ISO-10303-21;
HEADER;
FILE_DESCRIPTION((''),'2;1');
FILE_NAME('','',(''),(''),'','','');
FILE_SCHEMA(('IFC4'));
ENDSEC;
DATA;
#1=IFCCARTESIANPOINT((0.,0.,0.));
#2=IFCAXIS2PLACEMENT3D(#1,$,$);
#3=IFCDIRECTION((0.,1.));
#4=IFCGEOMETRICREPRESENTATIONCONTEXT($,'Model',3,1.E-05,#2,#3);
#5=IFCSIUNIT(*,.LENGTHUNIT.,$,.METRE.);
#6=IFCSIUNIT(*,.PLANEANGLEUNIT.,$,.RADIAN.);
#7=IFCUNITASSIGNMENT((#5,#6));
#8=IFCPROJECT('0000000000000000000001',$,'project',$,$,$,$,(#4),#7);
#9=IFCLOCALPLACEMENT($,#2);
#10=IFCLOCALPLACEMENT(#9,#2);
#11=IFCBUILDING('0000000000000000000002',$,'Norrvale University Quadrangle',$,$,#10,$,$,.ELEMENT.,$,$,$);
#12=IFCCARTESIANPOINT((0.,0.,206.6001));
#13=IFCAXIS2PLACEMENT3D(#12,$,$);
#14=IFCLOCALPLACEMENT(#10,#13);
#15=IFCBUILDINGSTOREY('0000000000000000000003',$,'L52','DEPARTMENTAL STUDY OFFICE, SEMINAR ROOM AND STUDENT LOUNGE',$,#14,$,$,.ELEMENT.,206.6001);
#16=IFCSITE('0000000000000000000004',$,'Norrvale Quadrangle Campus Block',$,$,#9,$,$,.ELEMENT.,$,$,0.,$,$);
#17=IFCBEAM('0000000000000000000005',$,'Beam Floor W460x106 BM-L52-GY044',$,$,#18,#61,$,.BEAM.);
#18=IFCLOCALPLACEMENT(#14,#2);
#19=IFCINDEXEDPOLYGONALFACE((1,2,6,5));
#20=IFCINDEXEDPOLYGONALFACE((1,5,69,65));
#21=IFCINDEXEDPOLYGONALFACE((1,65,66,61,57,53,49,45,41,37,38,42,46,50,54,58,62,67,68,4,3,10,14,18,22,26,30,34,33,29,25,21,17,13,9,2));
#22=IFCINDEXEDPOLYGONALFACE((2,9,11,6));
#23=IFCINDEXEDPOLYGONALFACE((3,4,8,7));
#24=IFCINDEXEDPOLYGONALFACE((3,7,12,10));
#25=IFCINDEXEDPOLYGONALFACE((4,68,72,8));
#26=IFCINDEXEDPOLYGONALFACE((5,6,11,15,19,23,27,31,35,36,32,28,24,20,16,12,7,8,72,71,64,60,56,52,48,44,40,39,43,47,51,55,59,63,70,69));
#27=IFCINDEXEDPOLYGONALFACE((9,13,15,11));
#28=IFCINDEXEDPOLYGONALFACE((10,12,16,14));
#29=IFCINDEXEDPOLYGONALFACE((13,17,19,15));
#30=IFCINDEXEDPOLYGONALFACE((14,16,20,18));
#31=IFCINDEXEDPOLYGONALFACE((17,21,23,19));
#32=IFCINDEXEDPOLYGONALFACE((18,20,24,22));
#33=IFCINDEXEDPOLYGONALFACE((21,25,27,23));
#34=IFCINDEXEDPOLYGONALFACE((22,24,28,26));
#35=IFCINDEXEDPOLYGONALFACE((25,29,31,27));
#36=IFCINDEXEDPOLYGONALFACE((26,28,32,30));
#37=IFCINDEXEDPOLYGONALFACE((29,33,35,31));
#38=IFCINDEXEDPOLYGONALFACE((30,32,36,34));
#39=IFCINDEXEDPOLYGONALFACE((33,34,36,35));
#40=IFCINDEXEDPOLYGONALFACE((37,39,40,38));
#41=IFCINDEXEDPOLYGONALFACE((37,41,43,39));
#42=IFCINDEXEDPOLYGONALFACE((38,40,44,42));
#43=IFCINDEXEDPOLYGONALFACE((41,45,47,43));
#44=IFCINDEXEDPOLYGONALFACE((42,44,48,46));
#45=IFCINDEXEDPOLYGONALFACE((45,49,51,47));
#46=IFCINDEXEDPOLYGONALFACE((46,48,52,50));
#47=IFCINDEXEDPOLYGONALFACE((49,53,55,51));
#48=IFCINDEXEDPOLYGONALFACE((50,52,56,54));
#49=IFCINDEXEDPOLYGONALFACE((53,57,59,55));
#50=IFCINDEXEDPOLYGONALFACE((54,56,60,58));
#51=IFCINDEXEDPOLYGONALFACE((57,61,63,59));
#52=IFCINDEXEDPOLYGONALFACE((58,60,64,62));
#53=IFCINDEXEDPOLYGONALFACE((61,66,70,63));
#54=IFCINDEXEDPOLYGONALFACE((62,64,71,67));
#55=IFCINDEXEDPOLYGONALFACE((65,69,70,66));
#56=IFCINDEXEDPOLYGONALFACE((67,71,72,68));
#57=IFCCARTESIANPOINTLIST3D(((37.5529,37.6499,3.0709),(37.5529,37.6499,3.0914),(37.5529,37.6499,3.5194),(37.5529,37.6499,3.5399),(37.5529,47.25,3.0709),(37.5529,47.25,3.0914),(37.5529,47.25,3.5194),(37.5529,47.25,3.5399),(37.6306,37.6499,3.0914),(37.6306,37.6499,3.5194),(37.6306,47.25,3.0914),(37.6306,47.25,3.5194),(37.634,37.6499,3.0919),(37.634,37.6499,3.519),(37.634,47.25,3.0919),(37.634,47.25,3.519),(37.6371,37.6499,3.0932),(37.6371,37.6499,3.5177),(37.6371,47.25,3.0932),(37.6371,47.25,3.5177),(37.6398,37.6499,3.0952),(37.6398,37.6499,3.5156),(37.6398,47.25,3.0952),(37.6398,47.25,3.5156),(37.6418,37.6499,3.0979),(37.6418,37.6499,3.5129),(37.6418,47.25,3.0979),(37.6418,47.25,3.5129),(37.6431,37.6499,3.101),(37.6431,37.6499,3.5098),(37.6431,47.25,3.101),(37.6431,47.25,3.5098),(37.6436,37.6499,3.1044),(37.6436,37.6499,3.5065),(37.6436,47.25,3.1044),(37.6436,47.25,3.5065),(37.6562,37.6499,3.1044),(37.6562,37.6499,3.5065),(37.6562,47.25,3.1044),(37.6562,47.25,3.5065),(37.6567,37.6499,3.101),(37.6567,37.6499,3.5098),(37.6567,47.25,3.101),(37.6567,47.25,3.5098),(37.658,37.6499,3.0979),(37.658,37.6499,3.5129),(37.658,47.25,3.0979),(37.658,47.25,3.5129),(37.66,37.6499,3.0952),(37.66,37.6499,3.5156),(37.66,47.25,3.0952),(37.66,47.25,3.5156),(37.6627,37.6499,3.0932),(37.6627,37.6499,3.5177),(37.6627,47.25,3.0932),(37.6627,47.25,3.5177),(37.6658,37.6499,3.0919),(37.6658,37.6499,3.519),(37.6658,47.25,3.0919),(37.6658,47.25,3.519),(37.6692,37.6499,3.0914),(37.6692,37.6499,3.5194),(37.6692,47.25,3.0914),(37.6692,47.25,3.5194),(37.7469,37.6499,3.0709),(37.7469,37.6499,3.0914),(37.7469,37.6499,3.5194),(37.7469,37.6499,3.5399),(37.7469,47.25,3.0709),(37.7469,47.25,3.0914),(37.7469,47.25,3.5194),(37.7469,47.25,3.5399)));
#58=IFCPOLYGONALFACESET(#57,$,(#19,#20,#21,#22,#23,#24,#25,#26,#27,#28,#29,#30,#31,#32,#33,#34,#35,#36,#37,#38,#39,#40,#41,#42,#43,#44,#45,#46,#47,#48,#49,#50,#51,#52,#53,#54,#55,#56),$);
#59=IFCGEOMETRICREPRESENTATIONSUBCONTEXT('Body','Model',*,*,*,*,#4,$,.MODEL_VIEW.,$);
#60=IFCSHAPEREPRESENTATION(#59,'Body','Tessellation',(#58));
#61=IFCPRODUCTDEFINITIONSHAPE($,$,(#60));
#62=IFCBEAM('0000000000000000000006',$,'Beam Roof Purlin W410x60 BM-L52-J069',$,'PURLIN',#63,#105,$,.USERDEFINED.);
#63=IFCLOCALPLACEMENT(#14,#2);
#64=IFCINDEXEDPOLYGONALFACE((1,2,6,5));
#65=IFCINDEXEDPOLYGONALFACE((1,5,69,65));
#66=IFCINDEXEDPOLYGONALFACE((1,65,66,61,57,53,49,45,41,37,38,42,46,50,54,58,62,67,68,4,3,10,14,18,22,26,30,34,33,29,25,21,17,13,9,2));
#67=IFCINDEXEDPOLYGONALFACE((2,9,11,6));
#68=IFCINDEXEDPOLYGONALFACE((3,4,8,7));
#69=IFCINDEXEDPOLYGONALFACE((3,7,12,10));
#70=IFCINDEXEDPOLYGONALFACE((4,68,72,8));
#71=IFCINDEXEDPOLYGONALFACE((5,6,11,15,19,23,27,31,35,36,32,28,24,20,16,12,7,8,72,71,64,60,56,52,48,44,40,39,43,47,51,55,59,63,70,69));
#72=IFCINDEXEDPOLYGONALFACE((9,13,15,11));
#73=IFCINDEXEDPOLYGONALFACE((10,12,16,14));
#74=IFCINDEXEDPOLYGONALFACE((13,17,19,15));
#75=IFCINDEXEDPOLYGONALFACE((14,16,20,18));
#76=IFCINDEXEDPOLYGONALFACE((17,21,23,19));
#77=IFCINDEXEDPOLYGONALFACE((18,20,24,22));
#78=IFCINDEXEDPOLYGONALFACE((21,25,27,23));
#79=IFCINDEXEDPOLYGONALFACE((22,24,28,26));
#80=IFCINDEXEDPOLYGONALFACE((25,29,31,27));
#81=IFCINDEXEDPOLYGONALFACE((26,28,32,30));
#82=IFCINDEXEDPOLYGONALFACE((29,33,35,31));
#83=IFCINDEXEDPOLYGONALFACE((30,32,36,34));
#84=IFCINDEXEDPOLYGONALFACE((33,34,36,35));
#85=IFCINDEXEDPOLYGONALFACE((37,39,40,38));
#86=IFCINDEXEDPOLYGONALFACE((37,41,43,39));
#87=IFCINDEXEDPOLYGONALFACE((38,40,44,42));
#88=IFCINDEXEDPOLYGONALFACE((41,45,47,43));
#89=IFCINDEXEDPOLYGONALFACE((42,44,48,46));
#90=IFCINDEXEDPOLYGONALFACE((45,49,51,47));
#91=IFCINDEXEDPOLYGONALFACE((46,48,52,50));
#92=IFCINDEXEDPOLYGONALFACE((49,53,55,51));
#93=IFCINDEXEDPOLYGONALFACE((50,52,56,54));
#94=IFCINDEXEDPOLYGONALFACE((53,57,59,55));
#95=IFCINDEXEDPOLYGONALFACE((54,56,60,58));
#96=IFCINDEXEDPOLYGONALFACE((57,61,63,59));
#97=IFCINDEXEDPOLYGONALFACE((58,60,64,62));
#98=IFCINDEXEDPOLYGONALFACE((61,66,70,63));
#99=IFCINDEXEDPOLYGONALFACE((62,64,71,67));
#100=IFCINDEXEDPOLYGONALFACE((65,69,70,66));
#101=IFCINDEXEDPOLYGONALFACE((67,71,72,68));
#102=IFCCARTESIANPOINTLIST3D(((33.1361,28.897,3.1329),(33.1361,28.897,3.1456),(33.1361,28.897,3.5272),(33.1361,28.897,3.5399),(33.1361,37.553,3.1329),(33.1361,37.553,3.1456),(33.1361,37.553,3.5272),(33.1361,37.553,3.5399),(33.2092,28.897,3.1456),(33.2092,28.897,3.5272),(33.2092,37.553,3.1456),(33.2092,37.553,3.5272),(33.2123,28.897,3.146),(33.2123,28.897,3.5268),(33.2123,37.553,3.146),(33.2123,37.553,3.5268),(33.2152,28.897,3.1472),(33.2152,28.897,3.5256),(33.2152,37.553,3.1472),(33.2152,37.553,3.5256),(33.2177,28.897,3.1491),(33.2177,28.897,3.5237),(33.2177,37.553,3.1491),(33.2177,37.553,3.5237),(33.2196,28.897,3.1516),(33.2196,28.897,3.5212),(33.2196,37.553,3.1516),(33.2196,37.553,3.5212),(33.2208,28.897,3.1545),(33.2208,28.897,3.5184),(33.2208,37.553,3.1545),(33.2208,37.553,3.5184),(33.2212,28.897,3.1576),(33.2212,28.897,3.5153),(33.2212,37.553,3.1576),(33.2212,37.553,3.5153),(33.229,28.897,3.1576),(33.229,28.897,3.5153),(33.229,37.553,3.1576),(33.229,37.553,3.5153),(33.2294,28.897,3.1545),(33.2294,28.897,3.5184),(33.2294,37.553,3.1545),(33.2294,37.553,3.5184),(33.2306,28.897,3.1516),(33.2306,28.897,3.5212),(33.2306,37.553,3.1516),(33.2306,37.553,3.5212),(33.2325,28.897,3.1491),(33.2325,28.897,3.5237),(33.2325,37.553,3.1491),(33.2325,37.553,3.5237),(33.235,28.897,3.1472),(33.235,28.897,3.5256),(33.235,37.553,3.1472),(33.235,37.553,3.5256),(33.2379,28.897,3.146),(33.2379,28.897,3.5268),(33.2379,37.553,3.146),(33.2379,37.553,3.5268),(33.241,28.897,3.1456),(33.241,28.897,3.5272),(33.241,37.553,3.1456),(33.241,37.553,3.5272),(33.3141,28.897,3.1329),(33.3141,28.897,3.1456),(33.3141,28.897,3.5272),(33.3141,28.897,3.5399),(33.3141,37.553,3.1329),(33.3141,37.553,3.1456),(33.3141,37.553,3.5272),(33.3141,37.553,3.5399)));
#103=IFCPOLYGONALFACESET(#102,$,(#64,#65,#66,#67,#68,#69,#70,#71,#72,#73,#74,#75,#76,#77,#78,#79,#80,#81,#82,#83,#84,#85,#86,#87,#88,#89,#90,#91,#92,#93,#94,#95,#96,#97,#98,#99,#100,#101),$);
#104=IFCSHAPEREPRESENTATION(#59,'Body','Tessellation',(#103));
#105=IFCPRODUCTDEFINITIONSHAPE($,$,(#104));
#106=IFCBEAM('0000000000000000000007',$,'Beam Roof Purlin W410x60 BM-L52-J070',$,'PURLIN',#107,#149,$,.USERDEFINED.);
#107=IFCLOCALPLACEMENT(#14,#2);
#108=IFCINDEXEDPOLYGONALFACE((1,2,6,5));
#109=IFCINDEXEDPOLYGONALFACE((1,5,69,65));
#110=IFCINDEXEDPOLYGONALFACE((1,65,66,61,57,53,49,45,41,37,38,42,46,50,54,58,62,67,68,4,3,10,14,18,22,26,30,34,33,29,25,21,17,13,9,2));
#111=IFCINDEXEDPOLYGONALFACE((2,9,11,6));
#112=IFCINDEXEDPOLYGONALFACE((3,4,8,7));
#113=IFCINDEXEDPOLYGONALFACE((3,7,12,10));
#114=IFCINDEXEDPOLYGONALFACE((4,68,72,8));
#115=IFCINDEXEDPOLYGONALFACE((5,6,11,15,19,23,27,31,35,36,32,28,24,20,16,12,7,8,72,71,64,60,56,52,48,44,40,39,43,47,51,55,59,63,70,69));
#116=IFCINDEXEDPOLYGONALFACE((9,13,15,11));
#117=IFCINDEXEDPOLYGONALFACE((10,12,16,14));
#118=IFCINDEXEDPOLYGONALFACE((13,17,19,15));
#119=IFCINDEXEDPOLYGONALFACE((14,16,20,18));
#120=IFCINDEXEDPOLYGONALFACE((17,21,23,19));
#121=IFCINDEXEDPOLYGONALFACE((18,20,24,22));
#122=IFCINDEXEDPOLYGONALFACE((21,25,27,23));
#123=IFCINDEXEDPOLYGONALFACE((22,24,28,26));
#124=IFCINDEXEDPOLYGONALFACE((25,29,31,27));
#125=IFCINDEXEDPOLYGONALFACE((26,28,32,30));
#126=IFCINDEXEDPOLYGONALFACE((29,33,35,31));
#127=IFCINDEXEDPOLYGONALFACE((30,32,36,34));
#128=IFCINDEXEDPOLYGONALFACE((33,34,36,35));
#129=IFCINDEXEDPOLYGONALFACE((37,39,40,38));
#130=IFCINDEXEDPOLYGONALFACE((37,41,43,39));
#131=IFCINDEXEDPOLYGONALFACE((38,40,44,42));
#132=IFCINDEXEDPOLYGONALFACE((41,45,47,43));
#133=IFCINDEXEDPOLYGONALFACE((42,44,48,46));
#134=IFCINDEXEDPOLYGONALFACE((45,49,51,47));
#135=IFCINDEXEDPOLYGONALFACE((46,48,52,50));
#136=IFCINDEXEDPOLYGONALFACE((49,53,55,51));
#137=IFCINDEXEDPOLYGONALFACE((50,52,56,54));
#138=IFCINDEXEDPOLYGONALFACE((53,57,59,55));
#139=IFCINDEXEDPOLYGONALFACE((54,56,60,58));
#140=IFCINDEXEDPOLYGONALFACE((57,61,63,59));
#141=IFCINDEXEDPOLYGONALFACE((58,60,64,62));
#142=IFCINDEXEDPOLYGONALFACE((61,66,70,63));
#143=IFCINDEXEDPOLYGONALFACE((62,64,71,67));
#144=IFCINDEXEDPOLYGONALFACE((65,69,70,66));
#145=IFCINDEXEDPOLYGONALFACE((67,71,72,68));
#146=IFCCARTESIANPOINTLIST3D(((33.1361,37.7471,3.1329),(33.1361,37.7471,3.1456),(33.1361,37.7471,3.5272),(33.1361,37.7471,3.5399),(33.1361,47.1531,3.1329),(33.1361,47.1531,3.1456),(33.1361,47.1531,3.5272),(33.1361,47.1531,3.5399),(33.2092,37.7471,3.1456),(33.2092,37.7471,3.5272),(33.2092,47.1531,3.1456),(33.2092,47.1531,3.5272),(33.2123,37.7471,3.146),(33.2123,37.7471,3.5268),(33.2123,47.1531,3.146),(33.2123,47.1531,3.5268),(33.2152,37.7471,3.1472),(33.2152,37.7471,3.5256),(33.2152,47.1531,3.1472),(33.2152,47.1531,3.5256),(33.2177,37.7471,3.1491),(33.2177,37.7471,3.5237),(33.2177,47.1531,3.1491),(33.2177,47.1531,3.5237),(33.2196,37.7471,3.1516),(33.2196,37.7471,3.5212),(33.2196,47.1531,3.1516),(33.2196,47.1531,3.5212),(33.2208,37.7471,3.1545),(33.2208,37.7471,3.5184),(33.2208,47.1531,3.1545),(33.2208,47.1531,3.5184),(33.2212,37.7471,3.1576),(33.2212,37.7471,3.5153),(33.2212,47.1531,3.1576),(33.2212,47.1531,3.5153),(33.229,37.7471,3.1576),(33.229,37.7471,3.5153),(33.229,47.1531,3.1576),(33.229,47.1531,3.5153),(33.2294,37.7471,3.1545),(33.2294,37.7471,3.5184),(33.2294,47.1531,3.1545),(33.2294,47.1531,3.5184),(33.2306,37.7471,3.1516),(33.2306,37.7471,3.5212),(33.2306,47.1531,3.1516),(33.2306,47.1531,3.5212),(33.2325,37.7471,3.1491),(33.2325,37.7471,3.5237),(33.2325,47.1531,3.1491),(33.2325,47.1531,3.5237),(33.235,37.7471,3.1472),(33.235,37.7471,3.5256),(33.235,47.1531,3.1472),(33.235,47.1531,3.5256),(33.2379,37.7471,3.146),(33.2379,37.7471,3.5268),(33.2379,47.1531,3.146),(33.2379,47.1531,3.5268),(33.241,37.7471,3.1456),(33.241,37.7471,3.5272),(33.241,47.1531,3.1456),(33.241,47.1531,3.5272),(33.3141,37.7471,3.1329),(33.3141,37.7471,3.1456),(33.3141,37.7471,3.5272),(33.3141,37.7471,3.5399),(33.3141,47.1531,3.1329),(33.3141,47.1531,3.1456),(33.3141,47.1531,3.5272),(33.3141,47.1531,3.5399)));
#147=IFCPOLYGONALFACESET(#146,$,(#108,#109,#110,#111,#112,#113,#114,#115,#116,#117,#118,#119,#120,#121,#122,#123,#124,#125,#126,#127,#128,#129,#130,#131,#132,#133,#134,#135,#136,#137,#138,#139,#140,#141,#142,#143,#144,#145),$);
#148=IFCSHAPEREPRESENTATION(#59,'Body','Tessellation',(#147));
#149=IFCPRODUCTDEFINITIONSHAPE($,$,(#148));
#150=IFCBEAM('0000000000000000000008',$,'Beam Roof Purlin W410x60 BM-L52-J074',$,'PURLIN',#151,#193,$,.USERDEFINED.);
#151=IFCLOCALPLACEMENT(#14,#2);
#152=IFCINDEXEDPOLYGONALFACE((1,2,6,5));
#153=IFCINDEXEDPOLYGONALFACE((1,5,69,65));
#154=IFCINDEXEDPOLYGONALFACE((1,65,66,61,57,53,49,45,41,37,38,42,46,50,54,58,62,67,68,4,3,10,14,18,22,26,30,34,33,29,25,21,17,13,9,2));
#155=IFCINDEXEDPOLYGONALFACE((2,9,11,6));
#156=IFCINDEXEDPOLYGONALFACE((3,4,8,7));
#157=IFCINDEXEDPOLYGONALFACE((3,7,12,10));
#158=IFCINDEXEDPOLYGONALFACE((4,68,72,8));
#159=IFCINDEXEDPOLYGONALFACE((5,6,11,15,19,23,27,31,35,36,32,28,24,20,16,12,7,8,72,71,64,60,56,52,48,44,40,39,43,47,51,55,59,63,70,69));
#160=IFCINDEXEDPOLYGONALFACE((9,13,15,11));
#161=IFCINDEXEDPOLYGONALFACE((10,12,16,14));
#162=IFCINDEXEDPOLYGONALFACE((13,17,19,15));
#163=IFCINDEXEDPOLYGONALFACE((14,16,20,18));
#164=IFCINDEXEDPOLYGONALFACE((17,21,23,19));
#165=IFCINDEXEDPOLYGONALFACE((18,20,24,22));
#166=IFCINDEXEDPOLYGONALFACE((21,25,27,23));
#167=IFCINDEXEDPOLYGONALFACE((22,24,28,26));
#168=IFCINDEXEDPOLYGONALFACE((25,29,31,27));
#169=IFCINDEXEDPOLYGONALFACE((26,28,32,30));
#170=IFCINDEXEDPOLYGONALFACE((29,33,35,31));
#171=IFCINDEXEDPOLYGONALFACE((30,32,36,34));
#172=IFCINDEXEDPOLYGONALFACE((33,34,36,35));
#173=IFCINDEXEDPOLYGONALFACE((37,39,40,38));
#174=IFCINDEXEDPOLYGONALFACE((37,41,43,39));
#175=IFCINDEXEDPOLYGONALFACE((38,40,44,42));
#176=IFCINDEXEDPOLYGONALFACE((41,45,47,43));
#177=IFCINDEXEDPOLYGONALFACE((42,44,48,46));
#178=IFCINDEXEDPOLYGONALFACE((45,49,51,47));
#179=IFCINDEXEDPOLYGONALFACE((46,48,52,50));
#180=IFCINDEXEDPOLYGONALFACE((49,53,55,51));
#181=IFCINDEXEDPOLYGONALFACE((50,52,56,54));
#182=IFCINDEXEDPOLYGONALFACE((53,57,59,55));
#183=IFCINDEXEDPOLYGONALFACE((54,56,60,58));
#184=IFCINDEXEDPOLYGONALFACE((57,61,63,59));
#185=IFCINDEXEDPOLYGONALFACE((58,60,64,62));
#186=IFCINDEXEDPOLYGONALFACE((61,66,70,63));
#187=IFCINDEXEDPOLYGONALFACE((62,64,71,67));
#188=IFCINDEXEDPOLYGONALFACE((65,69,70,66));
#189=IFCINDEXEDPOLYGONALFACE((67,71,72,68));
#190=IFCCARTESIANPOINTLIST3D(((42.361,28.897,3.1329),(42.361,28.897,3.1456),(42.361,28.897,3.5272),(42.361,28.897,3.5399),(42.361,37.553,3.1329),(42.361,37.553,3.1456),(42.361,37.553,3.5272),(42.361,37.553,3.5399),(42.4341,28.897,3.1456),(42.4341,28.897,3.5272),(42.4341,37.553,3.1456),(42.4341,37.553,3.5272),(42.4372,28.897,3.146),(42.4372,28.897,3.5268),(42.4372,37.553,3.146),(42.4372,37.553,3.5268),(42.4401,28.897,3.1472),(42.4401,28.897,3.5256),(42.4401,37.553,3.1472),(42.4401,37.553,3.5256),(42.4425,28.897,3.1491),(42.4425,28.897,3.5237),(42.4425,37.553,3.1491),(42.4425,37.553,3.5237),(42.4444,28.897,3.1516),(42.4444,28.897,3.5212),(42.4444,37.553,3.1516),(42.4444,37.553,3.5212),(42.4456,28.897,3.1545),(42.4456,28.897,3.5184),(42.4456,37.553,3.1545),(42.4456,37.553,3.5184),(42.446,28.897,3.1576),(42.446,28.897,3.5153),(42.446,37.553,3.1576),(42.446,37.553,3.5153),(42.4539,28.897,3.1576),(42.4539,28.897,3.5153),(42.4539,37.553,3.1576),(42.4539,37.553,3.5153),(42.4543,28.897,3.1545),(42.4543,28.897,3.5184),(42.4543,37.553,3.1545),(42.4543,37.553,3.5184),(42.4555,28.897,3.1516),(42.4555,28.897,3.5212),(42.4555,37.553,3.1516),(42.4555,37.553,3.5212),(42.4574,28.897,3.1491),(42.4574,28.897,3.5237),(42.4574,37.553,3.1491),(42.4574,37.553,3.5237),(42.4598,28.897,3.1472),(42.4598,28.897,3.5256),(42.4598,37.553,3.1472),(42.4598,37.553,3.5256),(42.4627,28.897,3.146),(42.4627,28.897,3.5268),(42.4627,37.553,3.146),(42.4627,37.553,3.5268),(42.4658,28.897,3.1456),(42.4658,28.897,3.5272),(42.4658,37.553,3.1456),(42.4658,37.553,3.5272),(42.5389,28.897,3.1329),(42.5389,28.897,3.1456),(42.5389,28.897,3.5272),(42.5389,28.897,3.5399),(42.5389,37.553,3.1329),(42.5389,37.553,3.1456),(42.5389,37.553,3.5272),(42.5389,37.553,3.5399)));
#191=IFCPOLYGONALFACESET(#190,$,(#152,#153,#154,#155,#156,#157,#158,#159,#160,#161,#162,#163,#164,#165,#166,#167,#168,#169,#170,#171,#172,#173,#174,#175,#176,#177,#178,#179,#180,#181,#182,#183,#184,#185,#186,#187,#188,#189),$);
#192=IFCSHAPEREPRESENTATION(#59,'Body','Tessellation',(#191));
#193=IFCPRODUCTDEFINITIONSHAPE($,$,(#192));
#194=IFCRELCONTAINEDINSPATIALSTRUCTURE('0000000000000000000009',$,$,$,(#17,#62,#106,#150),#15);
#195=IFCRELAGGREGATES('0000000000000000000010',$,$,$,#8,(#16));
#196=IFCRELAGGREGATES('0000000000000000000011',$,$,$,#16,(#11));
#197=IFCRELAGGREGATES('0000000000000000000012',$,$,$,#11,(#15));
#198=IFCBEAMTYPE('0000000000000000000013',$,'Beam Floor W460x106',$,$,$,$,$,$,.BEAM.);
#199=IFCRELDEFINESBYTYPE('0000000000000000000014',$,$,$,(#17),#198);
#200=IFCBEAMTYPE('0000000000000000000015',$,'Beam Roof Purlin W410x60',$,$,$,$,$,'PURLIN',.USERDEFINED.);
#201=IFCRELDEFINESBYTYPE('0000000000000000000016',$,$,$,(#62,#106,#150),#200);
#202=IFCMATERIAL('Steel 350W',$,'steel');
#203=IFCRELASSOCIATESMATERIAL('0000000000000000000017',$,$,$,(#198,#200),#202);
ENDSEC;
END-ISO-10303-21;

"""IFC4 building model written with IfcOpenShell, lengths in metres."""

from ifc_helpers import new_model, si_unit, direction, frame, origin, origin_2d, place, context, subcontext, project, spatial, i_section, extrude, material, material_profile, profile_set, type_object, element, save


model = new_model("IFC4")

# Units and contexts
model_context = context("Model", 3, precision=1e-05, world=origin(), true_north=direction((0.0, 1.0)))
body_context = subcontext(model_context, "Body", "Model", "MODEL_VIEW")
ifc_project = project(units=[si_unit("LENGTHUNIT", "METRE"), si_unit("PLANEANGLEUNIT", "RADIAN")], contexts=[model_context])

# Site, building, storey
site_placement = place(None, origin())
site = spatial("IfcSite", under=ifc_project, at=site_placement, Name="Norrvale Quadrangle Campus Block", CompositionType="ELEMENT", RefElevation=0.0)
building_placement = place(site_placement, origin())
building = spatial("IfcBuilding", under=site, at=building_placement, Name="Norrvale University Quadrangle", CompositionType="ELEMENT")
storey_placement = place(building_placement, frame((0.0, 0.0, 206.6001)))
storey = spatial("IfcBuildingStorey", under=building, at=storey_placement, Name="L52", Description="DEPARTMENTAL STUDY OFFICE, SEMINAR ROOM AND STUDENT LOUNGE", CompositionType="ELEMENT", Elevation=206.6001)

# Beams
ifc_material_1 = material(Name="Steel 350W", Category="steel")
ifc_material_profile_1 = material_profile(ifc_material_1, i_section(OverallWidth=0.1941, OverallDepth=0.469, WebThickness=0.0127, FlangeThickness=0.0205, FilletRadius=0.0129, at=origin_2d()), Name="Steel 350W")
ifc_profile_set_1 = profile_set([ifc_material_profile_1], Name="Steel 350W")
beam_type_1 = type_object("IfcBeamType", Name="Beam Floor W460x106", PredefinedType="BEAM", material=ifc_profile_set_1)
for number, where, z_axis, x_axis, name in (
    (1, (37.6499, 37.6499, 3.3054), (0.0, 1.0, 0.0), (-1.0, 0.0, 0.0), "Beam Floor W460x106 BM-L52-GY044"),
):
    element("IfcBeam", number, at=place(storey_placement, frame(where, z_axis=z_axis, x_axis=x_axis)), inside=storey, type_object=beam_type_1, Name=name, PredefinedType="BEAM", context=body_context, shape_type="SweptSolid", body=[
        extrude(i_section(OverallWidth=0.1941, OverallDepth=0.469, WebThickness=0.0127, FlangeThickness=0.0205, FilletRadius=0.0129, at=origin_2d()), origin(), (0.0, 0.0, 1.0), 9.6001),
    ])
ifc_material_profile_2 = material_profile(ifc_material_1, i_section(OverallWidth=0.178, OverallDepth=0.407, WebThickness=0.0078, FlangeThickness=0.0127, FilletRadius=0.012, at=origin_2d()), Name="Steel 350W")
ifc_profile_set_2 = profile_set([ifc_material_profile_2], Name="Steel 350W")
beam_type_2 = type_object("IfcBeamType", Name="Beam Roof Purlin W410x60", ElementType="PURLIN", PredefinedType="USERDEFINED", material=ifc_profile_set_2)
beam_1_placement = place(storey_placement, frame((33.2251, 28.897, 3.3364), z_axis=(0.0, 1.0, 0.0), x_axis=(-1.0, 0.0, 0.0)))
element("IfcBeam", 2, at=beam_1_placement, inside=storey, type_object=beam_type_2, Name="Beam Roof Purlin W410x60 BM-L52-J069", ObjectType="PURLIN", PredefinedType="USERDEFINED", context=body_context, shape_type="SweptSolid", body=[
    extrude(i_section(OverallWidth=0.178, OverallDepth=0.407, WebThickness=0.0078, FlangeThickness=0.0127, FilletRadius=0.012, at=origin_2d()), origin(), (0.0, 0.0, 1.0), 8.656),
])
beam_2_placement = place(storey_placement, frame((33.2251, 37.7471, 3.3364), z_axis=(0.0, 1.0, 0.0), x_axis=(-1.0, 0.0, 0.0)))
element("IfcBeam", 3, at=beam_2_placement, inside=storey, type_object=beam_type_2, Name="Beam Roof Purlin W410x60 BM-L52-J070", ObjectType="PURLIN", PredefinedType="USERDEFINED", context=body_context, shape_type="SweptSolid", body=[
    extrude(i_section(OverallWidth=0.178, OverallDepth=0.407, WebThickness=0.0078, FlangeThickness=0.0127, FilletRadius=0.012, at=origin_2d()), origin(), (0.0, 0.0, 1.0), 9.406),
])
beam_3_placement = place(storey_placement, frame((42.45, 28.897, 3.3364), z_axis=(0.0, 1.0, 0.0), x_axis=(-1.0, 0.0, 0.0)))
element("IfcBeam", 4, at=beam_3_placement, inside=storey, type_object=beam_type_2, Name="Beam Roof Purlin W410x60 BM-L52-J074", ObjectType="PURLIN", PredefinedType="USERDEFINED", context=body_context, shape_type="SweptSolid", body=[
    extrude(i_section(OverallWidth=0.178, OverallDepth=0.407, WebThickness=0.0078, FlangeThickness=0.0127, FilletRadius=0.012, at=origin_2d()), origin(), (0.0, 0.0, 1.0), 8.656),
])

save(model, "model.ifc")
